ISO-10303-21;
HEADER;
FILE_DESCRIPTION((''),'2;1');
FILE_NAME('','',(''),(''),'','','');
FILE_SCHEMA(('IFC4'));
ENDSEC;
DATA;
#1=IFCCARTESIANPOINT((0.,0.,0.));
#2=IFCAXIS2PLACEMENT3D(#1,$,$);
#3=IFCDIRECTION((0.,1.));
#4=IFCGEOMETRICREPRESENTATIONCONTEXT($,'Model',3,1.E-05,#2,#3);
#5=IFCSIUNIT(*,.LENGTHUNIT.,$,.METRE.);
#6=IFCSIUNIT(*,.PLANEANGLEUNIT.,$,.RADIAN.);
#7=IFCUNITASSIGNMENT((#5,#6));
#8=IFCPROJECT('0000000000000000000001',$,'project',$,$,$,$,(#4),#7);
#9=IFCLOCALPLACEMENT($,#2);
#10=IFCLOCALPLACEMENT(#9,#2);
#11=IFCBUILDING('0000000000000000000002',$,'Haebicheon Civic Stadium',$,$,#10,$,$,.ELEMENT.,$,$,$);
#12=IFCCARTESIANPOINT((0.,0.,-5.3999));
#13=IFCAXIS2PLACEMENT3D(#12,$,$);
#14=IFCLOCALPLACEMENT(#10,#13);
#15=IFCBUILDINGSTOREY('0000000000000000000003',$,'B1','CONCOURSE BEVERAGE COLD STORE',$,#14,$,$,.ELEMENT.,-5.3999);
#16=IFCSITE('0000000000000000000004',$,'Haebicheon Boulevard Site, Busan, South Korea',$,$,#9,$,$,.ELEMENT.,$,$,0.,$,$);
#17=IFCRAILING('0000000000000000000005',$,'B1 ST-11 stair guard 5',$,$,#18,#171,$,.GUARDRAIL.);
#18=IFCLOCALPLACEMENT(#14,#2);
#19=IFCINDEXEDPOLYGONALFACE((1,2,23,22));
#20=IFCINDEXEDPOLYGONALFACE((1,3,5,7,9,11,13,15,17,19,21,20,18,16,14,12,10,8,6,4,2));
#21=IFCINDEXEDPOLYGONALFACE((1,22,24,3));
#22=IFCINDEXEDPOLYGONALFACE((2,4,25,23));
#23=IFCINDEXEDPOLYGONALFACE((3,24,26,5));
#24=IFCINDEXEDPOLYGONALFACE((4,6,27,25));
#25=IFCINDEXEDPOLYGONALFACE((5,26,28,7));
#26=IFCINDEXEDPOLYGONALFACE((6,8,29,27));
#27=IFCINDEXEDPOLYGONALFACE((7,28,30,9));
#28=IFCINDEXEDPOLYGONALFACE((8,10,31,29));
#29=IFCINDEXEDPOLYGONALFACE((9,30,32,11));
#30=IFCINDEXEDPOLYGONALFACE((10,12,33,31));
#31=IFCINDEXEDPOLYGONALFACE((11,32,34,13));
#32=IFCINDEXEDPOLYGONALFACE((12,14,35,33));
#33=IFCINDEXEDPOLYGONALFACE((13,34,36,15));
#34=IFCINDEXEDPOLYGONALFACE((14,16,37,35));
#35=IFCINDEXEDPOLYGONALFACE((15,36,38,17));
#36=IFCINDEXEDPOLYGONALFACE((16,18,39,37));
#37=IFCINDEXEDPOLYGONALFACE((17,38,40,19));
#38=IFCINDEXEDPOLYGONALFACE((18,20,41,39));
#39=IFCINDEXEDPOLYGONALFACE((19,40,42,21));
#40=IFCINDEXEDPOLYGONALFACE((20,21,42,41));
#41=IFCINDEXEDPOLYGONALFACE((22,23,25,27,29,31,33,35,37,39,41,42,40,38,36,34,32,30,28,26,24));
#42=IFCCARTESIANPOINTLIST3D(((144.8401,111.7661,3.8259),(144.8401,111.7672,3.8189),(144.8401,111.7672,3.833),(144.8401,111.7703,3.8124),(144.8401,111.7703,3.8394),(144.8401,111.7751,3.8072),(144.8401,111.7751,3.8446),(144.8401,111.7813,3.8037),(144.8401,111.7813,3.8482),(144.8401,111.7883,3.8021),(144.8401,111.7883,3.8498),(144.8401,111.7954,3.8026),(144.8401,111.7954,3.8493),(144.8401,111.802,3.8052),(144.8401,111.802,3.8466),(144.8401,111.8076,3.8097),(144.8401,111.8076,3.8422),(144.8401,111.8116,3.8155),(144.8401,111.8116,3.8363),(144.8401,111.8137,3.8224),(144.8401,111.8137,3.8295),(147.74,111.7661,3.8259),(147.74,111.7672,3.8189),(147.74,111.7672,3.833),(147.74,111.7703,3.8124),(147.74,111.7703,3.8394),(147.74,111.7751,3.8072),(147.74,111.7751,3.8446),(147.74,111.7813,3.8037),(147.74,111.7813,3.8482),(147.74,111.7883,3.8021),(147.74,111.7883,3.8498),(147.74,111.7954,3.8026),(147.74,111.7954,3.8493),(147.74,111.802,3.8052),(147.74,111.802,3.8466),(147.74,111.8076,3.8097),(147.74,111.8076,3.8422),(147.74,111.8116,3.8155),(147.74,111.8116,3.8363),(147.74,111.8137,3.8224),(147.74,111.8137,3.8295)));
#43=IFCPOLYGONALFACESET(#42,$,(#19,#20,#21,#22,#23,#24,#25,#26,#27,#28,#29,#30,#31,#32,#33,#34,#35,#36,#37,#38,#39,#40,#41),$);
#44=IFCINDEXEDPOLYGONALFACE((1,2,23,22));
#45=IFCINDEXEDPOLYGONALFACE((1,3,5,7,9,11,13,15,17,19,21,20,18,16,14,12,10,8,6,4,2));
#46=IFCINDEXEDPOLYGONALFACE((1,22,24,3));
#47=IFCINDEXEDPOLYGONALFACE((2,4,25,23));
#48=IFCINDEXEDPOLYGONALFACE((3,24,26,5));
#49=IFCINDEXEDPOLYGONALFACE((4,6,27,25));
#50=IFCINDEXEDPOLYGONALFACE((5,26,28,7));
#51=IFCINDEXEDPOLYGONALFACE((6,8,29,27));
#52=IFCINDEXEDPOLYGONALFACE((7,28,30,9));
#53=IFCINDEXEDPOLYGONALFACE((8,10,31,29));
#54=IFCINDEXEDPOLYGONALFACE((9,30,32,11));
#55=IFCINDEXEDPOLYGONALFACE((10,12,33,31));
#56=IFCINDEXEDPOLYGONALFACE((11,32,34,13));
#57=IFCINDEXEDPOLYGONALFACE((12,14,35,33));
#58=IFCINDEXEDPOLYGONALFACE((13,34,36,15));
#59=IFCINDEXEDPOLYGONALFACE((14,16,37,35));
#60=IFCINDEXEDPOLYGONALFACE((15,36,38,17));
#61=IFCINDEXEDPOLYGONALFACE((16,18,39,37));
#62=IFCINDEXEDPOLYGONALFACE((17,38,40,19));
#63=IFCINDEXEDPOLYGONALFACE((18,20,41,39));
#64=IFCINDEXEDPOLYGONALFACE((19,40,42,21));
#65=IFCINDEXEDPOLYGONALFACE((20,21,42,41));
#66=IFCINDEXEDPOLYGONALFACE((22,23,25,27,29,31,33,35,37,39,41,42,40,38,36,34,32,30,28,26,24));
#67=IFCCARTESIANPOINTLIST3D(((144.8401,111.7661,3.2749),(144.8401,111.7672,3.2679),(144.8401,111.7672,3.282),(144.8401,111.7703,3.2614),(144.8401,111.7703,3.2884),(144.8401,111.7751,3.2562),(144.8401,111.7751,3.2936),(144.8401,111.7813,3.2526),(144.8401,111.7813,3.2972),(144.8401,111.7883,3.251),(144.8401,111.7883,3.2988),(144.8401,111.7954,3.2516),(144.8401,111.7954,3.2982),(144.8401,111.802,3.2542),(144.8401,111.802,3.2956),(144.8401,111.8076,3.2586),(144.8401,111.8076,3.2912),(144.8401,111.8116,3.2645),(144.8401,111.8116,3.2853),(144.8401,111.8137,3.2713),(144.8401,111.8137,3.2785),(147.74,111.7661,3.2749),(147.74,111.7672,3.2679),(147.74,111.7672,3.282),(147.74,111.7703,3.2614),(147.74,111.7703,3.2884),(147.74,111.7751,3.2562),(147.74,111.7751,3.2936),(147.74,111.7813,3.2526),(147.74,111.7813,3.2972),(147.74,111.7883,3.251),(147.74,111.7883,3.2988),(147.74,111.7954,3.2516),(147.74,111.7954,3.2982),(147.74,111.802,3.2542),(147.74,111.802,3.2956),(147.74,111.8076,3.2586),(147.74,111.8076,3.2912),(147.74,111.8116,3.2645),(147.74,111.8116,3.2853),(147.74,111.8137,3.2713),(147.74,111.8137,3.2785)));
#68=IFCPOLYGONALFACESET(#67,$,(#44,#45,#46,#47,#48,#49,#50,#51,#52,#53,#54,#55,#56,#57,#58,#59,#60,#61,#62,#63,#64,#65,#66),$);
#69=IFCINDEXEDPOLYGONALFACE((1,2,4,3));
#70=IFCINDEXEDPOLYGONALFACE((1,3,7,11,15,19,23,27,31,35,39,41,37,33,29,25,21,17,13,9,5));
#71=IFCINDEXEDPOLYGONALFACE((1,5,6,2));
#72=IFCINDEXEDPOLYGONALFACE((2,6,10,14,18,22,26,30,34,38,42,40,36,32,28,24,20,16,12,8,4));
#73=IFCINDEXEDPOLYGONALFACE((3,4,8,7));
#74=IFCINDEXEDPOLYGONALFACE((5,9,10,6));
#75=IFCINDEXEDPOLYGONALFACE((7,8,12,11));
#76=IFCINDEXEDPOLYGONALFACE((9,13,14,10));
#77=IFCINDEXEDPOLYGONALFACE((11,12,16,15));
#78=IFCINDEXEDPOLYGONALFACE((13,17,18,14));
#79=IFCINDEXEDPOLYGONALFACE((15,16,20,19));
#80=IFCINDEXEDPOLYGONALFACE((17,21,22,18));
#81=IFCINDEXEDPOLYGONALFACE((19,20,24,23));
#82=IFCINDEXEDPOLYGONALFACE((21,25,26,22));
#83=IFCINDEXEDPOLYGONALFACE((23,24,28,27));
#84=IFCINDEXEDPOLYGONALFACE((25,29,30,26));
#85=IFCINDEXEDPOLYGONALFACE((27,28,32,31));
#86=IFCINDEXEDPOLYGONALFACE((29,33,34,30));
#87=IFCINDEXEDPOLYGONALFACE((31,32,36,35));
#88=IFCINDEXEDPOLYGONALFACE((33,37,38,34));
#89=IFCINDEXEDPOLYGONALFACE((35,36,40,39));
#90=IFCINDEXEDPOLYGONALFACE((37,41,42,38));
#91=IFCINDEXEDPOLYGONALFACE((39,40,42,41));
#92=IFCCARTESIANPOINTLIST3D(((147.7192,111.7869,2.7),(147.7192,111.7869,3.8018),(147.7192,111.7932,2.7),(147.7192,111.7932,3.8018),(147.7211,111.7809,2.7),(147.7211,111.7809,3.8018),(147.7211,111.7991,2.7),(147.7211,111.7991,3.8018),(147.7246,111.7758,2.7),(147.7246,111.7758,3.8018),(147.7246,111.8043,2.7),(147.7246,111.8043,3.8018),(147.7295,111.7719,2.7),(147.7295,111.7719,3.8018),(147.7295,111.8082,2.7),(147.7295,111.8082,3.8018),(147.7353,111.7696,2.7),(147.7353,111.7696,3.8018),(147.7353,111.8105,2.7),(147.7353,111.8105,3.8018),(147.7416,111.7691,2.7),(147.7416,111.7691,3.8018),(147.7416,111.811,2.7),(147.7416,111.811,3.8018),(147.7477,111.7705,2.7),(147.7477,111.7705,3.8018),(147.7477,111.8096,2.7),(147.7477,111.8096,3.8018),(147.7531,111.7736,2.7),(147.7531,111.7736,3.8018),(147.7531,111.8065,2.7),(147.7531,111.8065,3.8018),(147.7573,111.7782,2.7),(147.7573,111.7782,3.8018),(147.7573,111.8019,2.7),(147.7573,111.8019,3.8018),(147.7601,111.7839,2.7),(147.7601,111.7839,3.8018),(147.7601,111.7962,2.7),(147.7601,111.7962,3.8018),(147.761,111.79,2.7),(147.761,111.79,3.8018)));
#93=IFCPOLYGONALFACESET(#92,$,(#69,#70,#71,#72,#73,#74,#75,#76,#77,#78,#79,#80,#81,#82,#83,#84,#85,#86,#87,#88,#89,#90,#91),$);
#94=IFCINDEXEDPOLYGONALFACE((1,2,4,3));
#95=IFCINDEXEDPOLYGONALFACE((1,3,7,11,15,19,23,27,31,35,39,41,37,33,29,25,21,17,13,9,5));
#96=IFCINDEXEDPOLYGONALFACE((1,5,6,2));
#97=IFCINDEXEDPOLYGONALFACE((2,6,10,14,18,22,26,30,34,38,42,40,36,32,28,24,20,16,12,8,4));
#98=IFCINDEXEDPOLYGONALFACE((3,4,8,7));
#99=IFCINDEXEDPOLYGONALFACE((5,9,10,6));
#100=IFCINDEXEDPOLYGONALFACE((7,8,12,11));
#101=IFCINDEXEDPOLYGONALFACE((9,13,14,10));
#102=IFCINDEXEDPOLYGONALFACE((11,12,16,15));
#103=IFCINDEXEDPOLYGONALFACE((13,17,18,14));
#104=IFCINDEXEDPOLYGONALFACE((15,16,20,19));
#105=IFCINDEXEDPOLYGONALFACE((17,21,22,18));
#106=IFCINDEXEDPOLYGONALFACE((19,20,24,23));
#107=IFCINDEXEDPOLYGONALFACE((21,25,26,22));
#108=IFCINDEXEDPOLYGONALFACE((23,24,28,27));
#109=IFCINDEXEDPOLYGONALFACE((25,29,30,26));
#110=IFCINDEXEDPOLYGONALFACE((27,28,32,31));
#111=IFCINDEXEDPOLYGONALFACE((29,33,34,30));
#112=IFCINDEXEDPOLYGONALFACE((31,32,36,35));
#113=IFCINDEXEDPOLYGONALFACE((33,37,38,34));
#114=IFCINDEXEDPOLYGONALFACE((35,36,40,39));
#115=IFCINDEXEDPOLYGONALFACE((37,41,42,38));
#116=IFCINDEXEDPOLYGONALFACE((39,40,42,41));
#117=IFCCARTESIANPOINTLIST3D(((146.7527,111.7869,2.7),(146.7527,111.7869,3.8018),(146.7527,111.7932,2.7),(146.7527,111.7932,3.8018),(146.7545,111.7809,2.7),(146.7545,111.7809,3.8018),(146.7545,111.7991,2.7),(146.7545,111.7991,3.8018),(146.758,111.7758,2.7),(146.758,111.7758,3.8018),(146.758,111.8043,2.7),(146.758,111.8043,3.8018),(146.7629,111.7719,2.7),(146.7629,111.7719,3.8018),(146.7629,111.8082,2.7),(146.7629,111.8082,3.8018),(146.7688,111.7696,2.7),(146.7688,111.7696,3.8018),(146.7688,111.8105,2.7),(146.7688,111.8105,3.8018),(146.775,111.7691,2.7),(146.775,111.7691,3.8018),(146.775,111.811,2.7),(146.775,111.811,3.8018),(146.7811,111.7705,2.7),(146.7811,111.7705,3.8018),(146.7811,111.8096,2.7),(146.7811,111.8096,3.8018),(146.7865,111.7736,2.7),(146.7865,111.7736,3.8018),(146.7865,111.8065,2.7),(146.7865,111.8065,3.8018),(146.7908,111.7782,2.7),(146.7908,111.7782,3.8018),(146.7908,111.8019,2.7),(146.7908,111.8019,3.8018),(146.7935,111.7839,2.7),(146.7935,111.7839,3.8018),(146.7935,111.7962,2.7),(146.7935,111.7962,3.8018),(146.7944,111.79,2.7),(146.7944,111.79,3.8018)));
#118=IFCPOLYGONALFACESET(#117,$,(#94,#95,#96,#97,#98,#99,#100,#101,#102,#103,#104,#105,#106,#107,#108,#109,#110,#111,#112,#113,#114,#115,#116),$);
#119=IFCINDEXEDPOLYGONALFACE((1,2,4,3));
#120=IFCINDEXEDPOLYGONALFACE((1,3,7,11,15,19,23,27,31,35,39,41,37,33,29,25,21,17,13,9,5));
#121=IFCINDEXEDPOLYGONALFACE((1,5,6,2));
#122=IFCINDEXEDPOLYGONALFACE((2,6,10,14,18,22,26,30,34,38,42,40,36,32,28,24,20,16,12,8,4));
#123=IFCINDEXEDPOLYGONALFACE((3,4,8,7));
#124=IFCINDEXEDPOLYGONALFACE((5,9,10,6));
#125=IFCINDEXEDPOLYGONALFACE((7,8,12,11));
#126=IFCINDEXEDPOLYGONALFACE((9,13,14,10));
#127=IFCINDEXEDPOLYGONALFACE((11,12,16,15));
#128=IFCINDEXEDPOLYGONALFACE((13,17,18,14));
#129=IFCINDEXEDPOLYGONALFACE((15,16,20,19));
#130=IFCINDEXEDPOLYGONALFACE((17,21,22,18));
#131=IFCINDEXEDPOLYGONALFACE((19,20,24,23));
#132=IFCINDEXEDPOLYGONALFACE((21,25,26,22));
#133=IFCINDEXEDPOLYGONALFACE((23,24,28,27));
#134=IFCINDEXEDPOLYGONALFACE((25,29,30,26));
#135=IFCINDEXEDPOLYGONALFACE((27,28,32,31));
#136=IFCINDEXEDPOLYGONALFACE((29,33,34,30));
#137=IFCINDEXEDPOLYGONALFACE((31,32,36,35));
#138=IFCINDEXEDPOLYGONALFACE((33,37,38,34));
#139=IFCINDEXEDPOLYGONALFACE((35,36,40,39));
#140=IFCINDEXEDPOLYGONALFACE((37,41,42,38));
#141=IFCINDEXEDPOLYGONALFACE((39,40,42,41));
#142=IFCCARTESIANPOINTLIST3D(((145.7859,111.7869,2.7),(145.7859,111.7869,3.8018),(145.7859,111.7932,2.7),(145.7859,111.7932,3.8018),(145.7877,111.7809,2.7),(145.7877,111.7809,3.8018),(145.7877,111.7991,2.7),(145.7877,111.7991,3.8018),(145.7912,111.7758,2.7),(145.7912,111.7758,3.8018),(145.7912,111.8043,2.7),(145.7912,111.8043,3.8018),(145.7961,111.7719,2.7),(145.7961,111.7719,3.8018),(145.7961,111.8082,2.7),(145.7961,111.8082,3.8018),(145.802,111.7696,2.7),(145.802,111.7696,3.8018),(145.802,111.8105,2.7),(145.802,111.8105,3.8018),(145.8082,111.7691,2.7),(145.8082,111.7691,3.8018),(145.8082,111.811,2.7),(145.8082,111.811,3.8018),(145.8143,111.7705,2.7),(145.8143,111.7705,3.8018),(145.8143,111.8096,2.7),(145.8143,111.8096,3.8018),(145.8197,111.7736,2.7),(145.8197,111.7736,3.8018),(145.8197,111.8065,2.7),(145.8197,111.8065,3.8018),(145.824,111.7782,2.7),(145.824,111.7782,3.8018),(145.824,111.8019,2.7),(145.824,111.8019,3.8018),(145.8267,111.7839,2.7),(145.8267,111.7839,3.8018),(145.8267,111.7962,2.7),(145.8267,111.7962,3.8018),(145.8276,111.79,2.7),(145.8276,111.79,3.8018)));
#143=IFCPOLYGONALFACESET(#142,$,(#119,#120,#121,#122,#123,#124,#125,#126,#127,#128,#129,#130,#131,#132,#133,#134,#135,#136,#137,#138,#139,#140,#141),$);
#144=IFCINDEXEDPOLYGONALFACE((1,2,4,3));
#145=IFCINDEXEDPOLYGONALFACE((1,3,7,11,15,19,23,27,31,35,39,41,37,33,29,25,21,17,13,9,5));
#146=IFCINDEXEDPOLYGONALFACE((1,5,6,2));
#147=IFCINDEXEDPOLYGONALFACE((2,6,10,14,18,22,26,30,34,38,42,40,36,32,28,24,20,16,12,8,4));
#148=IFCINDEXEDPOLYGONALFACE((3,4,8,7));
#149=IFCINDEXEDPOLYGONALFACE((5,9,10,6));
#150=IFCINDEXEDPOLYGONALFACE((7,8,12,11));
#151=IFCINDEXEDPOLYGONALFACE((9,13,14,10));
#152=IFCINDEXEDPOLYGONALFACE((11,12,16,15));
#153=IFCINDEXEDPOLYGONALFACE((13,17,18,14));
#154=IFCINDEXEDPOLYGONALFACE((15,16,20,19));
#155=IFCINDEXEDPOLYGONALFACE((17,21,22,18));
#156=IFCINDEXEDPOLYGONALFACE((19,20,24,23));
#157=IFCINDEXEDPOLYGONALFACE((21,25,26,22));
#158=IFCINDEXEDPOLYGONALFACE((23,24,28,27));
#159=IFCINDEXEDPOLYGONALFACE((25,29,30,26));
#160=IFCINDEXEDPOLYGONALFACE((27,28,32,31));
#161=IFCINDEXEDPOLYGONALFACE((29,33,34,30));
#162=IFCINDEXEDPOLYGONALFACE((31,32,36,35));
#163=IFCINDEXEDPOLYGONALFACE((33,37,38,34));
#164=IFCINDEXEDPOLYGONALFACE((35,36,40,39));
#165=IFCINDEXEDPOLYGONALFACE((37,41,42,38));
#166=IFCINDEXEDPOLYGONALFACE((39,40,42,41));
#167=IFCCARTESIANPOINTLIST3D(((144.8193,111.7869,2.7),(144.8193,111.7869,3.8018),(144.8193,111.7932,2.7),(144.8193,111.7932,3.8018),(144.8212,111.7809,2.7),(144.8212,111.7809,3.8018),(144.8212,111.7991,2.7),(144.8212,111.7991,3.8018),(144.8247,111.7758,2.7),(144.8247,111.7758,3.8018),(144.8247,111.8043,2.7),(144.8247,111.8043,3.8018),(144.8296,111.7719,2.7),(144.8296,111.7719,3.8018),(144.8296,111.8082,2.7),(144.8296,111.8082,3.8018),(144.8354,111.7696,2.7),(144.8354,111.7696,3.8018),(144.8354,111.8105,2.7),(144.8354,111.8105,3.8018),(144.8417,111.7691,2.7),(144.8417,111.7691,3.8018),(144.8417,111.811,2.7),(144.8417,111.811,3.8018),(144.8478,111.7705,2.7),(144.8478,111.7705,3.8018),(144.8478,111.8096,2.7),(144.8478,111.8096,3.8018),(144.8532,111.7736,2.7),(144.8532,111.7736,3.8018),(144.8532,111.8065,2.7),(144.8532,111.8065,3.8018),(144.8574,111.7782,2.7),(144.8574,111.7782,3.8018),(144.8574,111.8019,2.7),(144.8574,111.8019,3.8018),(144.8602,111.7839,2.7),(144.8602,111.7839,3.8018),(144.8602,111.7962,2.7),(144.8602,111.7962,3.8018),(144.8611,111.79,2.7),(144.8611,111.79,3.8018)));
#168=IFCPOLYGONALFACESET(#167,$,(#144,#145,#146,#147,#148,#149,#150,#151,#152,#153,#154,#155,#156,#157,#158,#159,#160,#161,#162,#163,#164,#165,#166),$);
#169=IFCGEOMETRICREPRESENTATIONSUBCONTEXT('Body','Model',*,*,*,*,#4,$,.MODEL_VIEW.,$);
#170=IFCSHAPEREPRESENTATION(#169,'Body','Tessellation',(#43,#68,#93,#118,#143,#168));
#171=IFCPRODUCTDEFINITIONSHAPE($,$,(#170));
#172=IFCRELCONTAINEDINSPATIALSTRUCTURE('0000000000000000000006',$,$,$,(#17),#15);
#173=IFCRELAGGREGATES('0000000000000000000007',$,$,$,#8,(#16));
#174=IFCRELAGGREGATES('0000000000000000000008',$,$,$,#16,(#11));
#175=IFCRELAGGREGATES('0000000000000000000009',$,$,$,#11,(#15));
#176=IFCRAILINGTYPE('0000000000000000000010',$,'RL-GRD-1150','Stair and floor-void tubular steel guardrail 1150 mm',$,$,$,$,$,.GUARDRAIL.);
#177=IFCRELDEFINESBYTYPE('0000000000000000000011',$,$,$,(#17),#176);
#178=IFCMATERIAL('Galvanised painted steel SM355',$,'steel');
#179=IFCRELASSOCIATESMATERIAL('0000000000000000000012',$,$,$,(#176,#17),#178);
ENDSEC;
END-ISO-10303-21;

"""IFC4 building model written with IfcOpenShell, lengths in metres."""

from ifc_helpers import new_model, si_unit, direction, frame, origin, origin_2d, place, context, subcontext, project, spatial, circle, extrude, material, type_object, element, save


model = new_model("IFC4")

# Units and contexts
model_context = context("Model", 3, precision=1e-05, world=origin(), true_north=direction((0.0, 1.0)))
body_context = subcontext(model_context, "Body", "Model", "MODEL_VIEW")
ifc_project = project(units=[si_unit("LENGTHUNIT", "METRE"), si_unit("PLANEANGLEUNIT", "RADIAN")], contexts=[model_context])

# Site, building, storey
site_placement = place(None, origin())
site = spatial("IfcSite", under=ifc_project, at=site_placement, Name="Haebicheon Boulevard Site, Busan, South Korea", CompositionType="ELEMENT", RefElevation=0.0)
building_placement = place(site_placement, origin())
building = spatial("IfcBuilding", under=site, at=building_placement, Name="Haebicheon Civic Stadium", CompositionType="ELEMENT")
storey_placement = place(building_placement, frame((0.0, 0.0, -5.3999)))
storey = spatial("IfcBuildingStorey", under=building, at=storey_placement, Name="B1", Description="CONCOURSE BEVERAGE COLD STORE", CompositionType="ELEMENT", Elevation=-5.3999)

# Railing
ifc_material_1 = material(Name="Galvanised painted steel SM355", Category="steel")
railing_type_1 = type_object("IfcRailingType", Name="RL-GRD-1150", Description="Stair and floor-void tubular steel guardrail 1150 mm", PredefinedType="GUARDRAIL", material=ifc_material_1)
railing_1_placement = place(storey_placement, frame((147.74, 111.79, 2.7)))
element("IfcRailing", 1, at=railing_1_placement, inside=storey, type_object=railing_type_1, material=ifc_material_1, Name="B1 ST-11 stair guard 5", PredefinedType="GUARDRAIL", context=body_context, shape_type="SweptSolid", body=[
    extrude(circle(Radius=0.0239, at=origin_2d()), frame((0.0, 0.0, 1.126), z_axis=(-1.0, 0.0, 0.0), x_axis=(0.0, -1.0, 0.0)), (0.0, 0.0, 1.0), 2.8999),
    extrude(circle(Radius=0.0239, at=origin_2d()), frame((0.0, 0.0, 0.575), z_axis=(-1.0, 0.0, 0.0), x_axis=(0.0, -1.0, 0.0)), (0.0, 0.0, 1.0), 2.8999),
    extrude(circle(Radius=0.021, at=origin_2d()), origin(), (0.0, 0.0, 1.0), 1.1018),
    extrude(circle(Radius=0.021, at=origin_2d()), frame((-0.9666, 0.0, 0.0)), (0.0, 0.0, 1.0), 1.1018),
    extrude(circle(Radius=0.021, at=origin_2d()), frame((-1.9333, 0.0, 0.0)), (0.0, 0.0, 1.0), 1.1018),
    extrude(circle(Radius=0.021, at=origin_2d()), frame((-2.8999, 0.0, 0.0)), (0.0, 0.0, 1.0), 1.1018),
])

save(model, "model.ifc")
